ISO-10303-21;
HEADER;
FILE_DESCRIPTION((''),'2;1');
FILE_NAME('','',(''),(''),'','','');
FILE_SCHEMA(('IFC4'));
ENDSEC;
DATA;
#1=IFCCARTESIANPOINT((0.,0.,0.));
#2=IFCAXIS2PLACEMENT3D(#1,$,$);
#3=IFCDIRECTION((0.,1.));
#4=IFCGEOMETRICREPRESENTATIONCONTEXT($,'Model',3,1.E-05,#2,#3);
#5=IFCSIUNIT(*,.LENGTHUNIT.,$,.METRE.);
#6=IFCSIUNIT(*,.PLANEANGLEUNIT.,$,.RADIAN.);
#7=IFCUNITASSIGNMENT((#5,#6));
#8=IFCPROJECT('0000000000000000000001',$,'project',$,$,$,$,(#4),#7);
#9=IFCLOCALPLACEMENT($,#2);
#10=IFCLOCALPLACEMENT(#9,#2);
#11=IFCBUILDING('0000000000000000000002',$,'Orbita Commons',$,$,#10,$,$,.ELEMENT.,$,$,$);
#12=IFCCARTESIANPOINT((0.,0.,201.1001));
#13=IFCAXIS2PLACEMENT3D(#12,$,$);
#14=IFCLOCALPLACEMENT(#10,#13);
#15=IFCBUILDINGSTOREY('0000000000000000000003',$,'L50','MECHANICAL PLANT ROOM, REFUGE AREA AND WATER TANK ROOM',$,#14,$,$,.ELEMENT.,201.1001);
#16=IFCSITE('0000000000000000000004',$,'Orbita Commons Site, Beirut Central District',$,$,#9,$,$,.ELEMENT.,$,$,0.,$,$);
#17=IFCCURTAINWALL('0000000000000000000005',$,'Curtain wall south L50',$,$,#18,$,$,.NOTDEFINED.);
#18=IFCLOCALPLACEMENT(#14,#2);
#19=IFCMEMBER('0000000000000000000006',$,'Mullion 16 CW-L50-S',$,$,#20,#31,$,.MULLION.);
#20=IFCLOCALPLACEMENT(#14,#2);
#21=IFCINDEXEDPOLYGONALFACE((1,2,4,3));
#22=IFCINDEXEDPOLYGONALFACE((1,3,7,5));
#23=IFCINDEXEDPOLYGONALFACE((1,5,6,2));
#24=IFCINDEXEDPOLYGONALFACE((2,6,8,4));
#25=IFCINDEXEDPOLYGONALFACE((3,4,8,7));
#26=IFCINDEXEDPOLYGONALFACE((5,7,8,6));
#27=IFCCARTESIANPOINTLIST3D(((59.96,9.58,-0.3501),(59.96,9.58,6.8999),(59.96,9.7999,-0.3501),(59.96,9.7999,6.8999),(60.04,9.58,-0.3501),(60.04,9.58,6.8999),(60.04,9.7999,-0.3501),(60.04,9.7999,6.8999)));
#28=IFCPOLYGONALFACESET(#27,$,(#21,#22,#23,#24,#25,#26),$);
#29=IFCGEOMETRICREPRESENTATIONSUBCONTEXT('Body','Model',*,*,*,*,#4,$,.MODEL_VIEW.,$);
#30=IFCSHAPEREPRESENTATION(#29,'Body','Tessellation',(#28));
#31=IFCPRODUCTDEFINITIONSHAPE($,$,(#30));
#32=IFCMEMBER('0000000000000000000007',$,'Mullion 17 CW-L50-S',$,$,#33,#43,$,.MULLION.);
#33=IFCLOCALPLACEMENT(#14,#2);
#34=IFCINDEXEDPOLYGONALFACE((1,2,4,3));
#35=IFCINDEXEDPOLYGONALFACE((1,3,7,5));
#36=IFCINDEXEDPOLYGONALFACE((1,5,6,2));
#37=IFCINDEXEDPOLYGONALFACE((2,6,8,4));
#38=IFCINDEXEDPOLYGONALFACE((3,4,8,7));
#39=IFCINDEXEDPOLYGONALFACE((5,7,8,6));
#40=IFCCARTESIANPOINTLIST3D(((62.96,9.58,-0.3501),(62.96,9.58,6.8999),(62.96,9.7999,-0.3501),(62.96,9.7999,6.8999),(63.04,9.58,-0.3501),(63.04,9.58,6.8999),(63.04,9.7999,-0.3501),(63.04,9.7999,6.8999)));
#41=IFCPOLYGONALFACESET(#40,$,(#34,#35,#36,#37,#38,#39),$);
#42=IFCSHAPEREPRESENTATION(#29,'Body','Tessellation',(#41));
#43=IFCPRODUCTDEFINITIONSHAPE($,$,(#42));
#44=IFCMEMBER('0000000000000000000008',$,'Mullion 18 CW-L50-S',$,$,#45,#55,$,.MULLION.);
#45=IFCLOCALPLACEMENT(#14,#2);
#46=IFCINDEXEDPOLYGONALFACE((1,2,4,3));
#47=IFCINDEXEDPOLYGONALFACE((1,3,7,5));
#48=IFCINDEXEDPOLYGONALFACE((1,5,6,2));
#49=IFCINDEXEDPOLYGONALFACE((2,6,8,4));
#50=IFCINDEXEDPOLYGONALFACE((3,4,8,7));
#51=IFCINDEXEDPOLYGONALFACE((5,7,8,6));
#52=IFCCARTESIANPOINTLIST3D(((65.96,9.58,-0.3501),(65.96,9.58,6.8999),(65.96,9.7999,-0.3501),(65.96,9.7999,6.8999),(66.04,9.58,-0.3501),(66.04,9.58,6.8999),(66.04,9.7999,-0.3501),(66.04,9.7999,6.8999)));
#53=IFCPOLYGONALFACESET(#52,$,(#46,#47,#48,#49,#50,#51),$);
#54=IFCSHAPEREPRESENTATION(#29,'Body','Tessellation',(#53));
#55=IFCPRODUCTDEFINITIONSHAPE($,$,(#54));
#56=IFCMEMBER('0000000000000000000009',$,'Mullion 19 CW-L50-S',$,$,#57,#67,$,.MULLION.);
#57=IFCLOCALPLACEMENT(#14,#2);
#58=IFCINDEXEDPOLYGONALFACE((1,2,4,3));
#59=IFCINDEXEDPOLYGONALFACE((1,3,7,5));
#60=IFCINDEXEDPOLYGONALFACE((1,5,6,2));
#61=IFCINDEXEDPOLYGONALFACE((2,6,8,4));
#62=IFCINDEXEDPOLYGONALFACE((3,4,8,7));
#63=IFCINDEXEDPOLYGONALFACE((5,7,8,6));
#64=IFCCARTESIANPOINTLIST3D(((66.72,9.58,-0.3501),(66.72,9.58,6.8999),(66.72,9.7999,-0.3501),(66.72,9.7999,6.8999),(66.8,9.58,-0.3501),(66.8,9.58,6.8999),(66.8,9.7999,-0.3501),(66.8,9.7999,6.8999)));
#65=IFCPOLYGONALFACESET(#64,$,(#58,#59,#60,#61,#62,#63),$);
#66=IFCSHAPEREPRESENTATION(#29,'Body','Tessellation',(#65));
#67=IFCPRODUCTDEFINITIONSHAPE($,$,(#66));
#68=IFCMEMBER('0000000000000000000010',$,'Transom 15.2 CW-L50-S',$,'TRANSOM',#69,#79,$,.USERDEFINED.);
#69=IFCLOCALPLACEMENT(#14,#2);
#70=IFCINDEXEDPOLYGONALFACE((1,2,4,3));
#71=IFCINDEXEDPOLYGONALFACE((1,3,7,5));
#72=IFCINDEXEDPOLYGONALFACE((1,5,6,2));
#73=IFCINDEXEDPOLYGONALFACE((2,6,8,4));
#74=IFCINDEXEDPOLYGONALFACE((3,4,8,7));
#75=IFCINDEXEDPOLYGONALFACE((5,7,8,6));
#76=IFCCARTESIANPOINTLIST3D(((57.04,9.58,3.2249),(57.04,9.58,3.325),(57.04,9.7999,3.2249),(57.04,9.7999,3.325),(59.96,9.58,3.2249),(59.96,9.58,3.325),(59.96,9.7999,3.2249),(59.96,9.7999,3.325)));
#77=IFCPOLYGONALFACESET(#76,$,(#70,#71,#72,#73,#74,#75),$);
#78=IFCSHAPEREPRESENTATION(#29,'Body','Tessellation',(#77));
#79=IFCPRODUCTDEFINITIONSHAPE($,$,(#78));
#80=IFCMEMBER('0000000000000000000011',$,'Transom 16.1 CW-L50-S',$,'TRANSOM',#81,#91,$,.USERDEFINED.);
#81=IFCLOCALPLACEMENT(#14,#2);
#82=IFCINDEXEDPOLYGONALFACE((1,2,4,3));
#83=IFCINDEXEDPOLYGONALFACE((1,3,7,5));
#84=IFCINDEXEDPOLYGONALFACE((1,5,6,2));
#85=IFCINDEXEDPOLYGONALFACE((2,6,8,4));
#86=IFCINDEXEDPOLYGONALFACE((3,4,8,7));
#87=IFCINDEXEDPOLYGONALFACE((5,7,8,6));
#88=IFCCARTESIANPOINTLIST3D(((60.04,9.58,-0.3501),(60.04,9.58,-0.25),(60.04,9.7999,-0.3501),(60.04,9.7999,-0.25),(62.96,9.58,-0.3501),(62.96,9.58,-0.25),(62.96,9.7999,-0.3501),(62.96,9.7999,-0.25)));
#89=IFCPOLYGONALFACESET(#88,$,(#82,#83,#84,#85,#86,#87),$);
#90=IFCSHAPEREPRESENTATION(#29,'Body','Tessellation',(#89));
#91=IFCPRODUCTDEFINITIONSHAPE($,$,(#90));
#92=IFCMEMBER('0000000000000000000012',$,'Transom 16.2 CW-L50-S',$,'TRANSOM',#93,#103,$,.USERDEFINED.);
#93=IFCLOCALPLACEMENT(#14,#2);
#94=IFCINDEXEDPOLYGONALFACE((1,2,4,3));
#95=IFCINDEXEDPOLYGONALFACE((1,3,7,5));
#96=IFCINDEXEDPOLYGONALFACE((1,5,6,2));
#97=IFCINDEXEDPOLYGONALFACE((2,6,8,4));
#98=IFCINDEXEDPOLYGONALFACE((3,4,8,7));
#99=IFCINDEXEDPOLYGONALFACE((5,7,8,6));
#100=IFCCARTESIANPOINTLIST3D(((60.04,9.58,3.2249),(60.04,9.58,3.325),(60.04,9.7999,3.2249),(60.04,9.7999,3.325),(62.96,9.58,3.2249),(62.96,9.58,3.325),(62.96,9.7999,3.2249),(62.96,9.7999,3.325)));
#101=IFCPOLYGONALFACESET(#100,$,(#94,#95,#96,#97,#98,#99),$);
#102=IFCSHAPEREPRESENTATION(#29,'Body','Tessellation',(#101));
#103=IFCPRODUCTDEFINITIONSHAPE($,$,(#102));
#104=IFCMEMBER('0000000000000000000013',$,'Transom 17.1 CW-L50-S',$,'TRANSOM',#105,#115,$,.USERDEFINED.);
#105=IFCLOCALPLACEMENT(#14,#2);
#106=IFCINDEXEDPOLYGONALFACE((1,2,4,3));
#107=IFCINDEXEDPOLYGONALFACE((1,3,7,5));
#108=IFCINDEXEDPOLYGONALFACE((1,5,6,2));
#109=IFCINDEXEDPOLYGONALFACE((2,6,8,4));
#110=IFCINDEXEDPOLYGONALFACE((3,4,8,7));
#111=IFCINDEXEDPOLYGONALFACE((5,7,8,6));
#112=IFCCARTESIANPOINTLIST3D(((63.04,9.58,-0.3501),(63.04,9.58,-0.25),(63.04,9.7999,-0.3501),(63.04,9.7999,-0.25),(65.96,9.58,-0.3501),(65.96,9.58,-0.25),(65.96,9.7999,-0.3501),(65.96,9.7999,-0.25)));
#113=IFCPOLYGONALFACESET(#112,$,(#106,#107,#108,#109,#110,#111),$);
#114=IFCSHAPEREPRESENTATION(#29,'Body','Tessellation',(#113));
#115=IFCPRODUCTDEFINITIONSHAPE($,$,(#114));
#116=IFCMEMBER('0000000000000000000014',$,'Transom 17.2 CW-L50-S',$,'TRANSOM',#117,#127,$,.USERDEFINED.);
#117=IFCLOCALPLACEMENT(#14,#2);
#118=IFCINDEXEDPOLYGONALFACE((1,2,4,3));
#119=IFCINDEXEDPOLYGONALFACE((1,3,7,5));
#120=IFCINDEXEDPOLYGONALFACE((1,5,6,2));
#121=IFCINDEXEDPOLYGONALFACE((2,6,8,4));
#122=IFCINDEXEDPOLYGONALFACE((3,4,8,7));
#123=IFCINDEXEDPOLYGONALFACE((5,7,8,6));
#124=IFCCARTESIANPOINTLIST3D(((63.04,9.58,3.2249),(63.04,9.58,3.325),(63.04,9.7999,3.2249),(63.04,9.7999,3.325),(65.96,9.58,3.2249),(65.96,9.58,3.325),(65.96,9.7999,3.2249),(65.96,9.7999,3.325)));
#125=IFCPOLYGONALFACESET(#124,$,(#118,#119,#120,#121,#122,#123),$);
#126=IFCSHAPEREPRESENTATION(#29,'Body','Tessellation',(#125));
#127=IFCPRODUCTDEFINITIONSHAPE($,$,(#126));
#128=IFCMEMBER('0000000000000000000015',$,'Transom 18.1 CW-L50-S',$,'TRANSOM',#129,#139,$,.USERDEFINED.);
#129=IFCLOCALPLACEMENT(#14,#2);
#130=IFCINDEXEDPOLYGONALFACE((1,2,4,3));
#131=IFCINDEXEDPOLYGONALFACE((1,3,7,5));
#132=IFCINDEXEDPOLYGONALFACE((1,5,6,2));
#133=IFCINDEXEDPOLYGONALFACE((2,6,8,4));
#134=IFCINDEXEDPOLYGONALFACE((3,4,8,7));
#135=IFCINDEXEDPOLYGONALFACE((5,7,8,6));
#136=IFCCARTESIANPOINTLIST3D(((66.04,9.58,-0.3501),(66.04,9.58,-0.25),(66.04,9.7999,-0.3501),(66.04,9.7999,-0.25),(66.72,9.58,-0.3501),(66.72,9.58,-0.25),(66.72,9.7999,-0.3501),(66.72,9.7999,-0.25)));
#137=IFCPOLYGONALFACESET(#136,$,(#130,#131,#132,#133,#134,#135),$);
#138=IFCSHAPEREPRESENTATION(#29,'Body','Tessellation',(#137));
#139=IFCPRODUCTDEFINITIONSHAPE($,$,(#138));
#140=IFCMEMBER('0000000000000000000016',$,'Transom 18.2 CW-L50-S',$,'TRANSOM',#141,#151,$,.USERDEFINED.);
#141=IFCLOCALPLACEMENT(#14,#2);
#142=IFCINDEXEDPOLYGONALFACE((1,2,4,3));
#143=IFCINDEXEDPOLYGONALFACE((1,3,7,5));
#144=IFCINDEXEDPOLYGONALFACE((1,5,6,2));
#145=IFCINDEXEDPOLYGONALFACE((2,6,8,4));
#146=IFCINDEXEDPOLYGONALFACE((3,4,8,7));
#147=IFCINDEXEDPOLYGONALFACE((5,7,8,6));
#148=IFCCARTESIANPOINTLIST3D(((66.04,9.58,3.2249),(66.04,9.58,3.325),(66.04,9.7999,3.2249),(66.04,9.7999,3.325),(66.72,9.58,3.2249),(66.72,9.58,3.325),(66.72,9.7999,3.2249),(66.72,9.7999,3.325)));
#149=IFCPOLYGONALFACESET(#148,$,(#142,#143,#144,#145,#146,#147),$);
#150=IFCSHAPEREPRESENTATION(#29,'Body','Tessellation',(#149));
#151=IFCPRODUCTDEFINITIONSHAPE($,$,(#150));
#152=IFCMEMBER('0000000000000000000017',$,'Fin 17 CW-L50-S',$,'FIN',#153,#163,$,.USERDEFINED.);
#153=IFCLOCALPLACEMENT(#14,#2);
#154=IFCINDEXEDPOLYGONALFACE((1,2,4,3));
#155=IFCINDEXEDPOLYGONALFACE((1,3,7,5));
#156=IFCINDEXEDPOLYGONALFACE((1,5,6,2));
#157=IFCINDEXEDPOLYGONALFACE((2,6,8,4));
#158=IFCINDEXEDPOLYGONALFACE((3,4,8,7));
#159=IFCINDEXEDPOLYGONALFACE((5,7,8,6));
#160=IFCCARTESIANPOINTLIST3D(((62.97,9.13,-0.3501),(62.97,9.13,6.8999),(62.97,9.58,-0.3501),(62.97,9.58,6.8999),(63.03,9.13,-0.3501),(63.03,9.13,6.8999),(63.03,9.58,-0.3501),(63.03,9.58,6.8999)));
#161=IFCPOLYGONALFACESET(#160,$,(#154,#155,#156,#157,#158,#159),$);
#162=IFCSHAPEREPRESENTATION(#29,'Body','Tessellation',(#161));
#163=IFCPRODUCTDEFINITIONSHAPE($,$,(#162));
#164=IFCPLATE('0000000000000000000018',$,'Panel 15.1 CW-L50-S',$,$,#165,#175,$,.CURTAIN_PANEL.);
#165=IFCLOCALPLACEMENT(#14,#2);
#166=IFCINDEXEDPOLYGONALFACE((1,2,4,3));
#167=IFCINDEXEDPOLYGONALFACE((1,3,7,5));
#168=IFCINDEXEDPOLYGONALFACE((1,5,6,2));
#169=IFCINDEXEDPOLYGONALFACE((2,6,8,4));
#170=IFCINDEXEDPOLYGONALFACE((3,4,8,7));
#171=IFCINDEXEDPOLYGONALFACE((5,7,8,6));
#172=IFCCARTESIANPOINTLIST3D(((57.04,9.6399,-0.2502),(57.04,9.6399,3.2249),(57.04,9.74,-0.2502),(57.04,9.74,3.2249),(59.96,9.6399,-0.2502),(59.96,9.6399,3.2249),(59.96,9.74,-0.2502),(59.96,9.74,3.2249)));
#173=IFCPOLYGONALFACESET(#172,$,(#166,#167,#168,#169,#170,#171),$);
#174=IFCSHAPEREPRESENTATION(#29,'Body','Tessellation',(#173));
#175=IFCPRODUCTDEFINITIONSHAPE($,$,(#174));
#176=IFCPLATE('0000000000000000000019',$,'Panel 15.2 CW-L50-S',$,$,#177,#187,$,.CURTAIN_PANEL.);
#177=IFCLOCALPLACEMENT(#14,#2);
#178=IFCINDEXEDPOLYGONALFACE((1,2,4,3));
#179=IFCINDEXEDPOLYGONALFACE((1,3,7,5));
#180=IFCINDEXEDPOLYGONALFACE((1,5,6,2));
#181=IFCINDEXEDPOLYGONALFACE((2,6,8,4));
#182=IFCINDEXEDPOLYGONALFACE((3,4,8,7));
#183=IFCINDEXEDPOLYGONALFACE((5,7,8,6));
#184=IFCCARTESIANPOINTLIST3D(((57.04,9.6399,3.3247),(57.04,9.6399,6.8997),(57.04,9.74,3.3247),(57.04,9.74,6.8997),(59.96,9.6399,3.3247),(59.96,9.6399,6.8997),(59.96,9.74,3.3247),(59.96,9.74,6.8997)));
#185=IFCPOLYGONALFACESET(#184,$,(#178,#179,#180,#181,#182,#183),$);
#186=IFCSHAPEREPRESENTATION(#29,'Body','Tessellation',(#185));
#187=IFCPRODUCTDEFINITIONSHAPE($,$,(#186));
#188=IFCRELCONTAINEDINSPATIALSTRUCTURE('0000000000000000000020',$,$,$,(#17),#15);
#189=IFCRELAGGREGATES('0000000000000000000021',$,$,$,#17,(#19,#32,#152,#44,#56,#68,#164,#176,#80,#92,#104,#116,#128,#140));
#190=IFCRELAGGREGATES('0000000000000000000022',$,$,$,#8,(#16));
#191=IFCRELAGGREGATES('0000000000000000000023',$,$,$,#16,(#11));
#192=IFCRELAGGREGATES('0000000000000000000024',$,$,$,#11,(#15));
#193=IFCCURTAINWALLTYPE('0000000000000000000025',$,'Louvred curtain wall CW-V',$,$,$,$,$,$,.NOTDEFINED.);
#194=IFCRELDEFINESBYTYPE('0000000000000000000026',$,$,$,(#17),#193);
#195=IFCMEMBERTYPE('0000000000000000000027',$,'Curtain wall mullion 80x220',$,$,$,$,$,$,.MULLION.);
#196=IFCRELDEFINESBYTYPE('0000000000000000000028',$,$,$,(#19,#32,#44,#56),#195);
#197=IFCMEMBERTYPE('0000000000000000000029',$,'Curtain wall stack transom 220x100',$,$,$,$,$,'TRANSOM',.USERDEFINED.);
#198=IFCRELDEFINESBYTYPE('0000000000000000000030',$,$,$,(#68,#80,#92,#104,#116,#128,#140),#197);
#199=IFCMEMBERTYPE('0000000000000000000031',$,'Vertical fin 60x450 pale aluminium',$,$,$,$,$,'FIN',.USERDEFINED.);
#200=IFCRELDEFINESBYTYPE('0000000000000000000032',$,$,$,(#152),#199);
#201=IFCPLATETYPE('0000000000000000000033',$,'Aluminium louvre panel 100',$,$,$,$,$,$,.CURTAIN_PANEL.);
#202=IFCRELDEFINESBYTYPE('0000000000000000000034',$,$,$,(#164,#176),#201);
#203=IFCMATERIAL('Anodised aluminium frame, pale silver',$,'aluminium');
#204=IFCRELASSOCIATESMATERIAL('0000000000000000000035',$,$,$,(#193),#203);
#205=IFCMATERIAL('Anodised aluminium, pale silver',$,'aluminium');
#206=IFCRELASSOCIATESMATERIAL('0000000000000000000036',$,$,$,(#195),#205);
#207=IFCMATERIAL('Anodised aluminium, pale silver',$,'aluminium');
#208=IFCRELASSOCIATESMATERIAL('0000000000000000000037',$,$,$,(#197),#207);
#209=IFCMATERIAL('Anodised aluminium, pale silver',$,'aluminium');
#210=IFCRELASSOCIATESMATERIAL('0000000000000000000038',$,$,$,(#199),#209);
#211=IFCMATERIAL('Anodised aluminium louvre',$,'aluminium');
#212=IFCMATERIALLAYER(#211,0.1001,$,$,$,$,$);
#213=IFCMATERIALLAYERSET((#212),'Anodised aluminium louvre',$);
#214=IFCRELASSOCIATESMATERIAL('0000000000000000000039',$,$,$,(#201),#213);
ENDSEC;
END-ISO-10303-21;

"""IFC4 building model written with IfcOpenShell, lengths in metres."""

from ifc_helpers import new_model, si_unit, direction, frame, origin, origin_2d, place, context, subcontext, project, spatial, rectangle, extrude, material, layer, layer_set, material_profile, profile_set, type_object, element, aggregate, save


model = new_model("IFC4")

# Units and contexts
model_context = context("Model", 3, precision=1e-05, world=origin(), true_north=direction((0.0, 1.0)))
body_context = subcontext(model_context, "Body", "Model", "MODEL_VIEW")
ifc_project = project(units=[si_unit("LENGTHUNIT", "METRE"), si_unit("PLANEANGLEUNIT", "RADIAN")], contexts=[model_context])

# Site, building, storey
site_placement = place(None, origin())
site = spatial("IfcSite", under=ifc_project, at=site_placement, Name="Orbita Commons Site, Beirut Central District", CompositionType="ELEMENT", RefElevation=0.0)
building_placement = place(site_placement, origin())
building = spatial("IfcBuilding", under=site, at=building_placement, Name="Orbita Commons", CompositionType="ELEMENT")
storey_placement = place(building_placement, frame((0.0, 0.0, 201.1001)))
storey = spatial("IfcBuildingStorey", under=building, at=storey_placement, Name="L50", Description="MECHANICAL PLANT ROOM, REFUGE AREA AND WATER TANK ROOM", CompositionType="ELEMENT", Elevation=201.1001)

# Curtain wall, members, plates
ifc_material_1 = material(Name="Anodised aluminium frame, pale silver", Category="aluminium")
curtain_wall_type = type_object("IfcCurtainWallType", Name="Louvred curtain wall CW-V", PredefinedType="NOTDEFINED", material=ifc_material_1)
curtain_wall_placement = place(storey_placement, origin())
curtain_wall = element("IfcCurtainWall", 1, at=curtain_wall_placement, inside=storey, type_object=curtain_wall_type, Name="Curtain wall south L50", PredefinedType="NOTDEFINED")
ifc_material_2 = material(Name="Anodised aluminium, pale silver", Category="aluminium")
ifc_material_profile_1 = material_profile(ifc_material_2, rectangle(XDim=0.0801, YDim=0.22, at=origin_2d()), Name="AL 80x220")
ifc_profile_set_1 = profile_set([ifc_material_profile_1], Name="Anodised aluminium, pale silver")
member_type_1 = type_object("IfcMemberType", Name="Curtain wall mullion 80x220", PredefinedType="MULLION", material=ifc_profile_set_1)
member_1_placement = place(storey_placement, frame((60.0, 9.6899, -0.3501), z_axis=(0.0, 0.0, 1.0), x_axis=(1.0, 0.0, 0.0)))
member_1 = element("IfcMember", 2, at=member_1_placement, type_object=member_type_1, Name="Mullion 16 CW-L50-S", PredefinedType="MULLION", context=body_context, shape_type="SweptSolid", body=[
    extrude(rectangle(XDim=0.0801, YDim=0.22, at=origin_2d()), origin(), (0.0, 0.0, 1.0), 7.25),
])
member_2_placement = place(storey_placement, frame((63.0, 9.6899, -0.3501), z_axis=(0.0, 0.0, 1.0), x_axis=(1.0, 0.0, 0.0)))
member_2 = element("IfcMember", 3, at=member_2_placement, type_object=member_type_1, Name="Mullion 17 CW-L50-S", PredefinedType="MULLION", context=body_context, shape_type="SweptSolid", body=[
    extrude(rectangle(XDim=0.0801, YDim=0.22, at=origin_2d()), origin(), (0.0, 0.0, 1.0), 7.25),
])
member_3_placement = place(storey_placement, frame((66.0, 9.6899, -0.3501), z_axis=(0.0, 0.0, 1.0), x_axis=(1.0, 0.0, 0.0)))
member_3 = element("IfcMember", 4, at=member_3_placement, type_object=member_type_1, Name="Mullion 18 CW-L50-S", PredefinedType="MULLION", context=body_context, shape_type="SweptSolid", body=[
    extrude(rectangle(XDim=0.0801, YDim=0.22, at=origin_2d()), origin(), (0.0, 0.0, 1.0), 7.25),
])
member_4_placement = place(storey_placement, frame((66.76, 9.6899, -0.3501), z_axis=(0.0, 0.0, 1.0), x_axis=(1.0, 0.0, 0.0)))
member_4 = element("IfcMember", 5, at=member_4_placement, type_object=member_type_1, Name="Mullion 19 CW-L50-S", PredefinedType="MULLION", context=body_context, shape_type="SweptSolid", body=[
    extrude(rectangle(XDim=0.0801, YDim=0.22, at=origin_2d()), origin(), (0.0, 0.0, 1.0), 7.25),
])
ifc_material_3 = material(Name="Anodised aluminium, pale silver", Category="aluminium")
ifc_material_profile_2 = material_profile(ifc_material_3, rectangle(XDim=0.22, YDim=0.1001, at=origin_2d()), Name="AL 220x100")
ifc_profile_set_2 = profile_set([ifc_material_profile_2], Name="Anodised aluminium, pale silver")
member_type_2 = type_object("IfcMemberType", Name="Curtain wall stack transom 220x100", ElementType="TRANSOM", PredefinedType="USERDEFINED", material=ifc_profile_set_2)
member_5_placement = place(storey_placement, frame((57.04, 9.6899, 3.2749), z_axis=(1.0, 0.0, 0.0), x_axis=(0.0, 1.0, 0.0)))
member_5 = element("IfcMember", 6, at=member_5_placement, type_object=member_type_2, Name="Transom 15.2 CW-L50-S", ObjectType="TRANSOM", PredefinedType="USERDEFINED", context=body_context, shape_type="SweptSolid", body=[
    extrude(rectangle(XDim=0.22, YDim=0.1001, at=origin_2d()), origin(), (0.0, 0.0, 1.0), 2.9199),
])
member_6_placement = place(storey_placement, frame((60.04, 9.6899, -0.3), z_axis=(1.0, 0.0, 0.0), x_axis=(0.0, 1.0, 0.0)))
member_6 = element("IfcMember", 7, at=member_6_placement, type_object=member_type_2, Name="Transom 16.1 CW-L50-S", ObjectType="TRANSOM", PredefinedType="USERDEFINED", context=body_context, shape_type="SweptSolid", body=[
    extrude(rectangle(XDim=0.22, YDim=0.1001, at=origin_2d()), origin(), (0.0, 0.0, 1.0), 2.9199),
])
member_7_placement = place(storey_placement, frame((60.04, 9.6899, 3.2749), z_axis=(1.0, 0.0, 0.0), x_axis=(0.0, 1.0, 0.0)))
member_7 = element("IfcMember", 8, at=member_7_placement, type_object=member_type_2, Name="Transom 16.2 CW-L50-S", ObjectType="TRANSOM", PredefinedType="USERDEFINED", context=body_context, shape_type="SweptSolid", body=[
    extrude(rectangle(XDim=0.22, YDim=0.1001, at=origin_2d()), origin(), (0.0, 0.0, 1.0), 2.9199),
])
member_8_placement = place(storey_placement, frame((63.04, 9.6899, -0.3), z_axis=(1.0, 0.0, 0.0), x_axis=(0.0, 1.0, 0.0)))
member_8 = element("IfcMember", 9, at=member_8_placement, type_object=member_type_2, Name="Transom 17.1 CW-L50-S", ObjectType="TRANSOM", PredefinedType="USERDEFINED", context=body_context, shape_type="SweptSolid", body=[
    extrude(rectangle(XDim=0.22, YDim=0.1001, at=origin_2d()), origin(), (0.0, 0.0, 1.0), 2.9199),
])
member_9_placement = place(storey_placement, frame((63.04, 9.6899, 3.2749), z_axis=(1.0, 0.0, 0.0), x_axis=(0.0, 1.0, 0.0)))
member_9 = element("IfcMember", 10, at=member_9_placement, type_object=member_type_2, Name="Transom 17.2 CW-L50-S", ObjectType="TRANSOM", PredefinedType="USERDEFINED", context=body_context, shape_type="SweptSolid", body=[
    extrude(rectangle(XDim=0.22, YDim=0.1001, at=origin_2d()), origin(), (0.0, 0.0, 1.0), 2.9199),
])
member_10_placement = place(storey_placement, frame((66.04, 9.6899, -0.3), z_axis=(1.0, 0.0, 0.0), x_axis=(0.0, 1.0, 0.0)))
member_10 = element("IfcMember", 11, at=member_10_placement, type_object=member_type_2, Name="Transom 18.1 CW-L50-S", ObjectType="TRANSOM", PredefinedType="USERDEFINED", context=body_context, shape_type="SweptSolid", body=[
    extrude(rectangle(XDim=0.22, YDim=0.1001, at=origin_2d()), origin(), (0.0, 0.0, 1.0), 0.6799),
])
member_11_placement = place(storey_placement, frame((66.04, 9.6899, 3.2749), z_axis=(1.0, 0.0, 0.0), x_axis=(0.0, 1.0, 0.0)))
member_11 = element("IfcMember", 12, at=member_11_placement, type_object=member_type_2, Name="Transom 18.2 CW-L50-S", ObjectType="TRANSOM", PredefinedType="USERDEFINED", context=body_context, shape_type="SweptSolid", body=[
    extrude(rectangle(XDim=0.22, YDim=0.1001, at=origin_2d()), origin(), (0.0, 0.0, 1.0), 0.6799),
])
ifc_material_4 = material(Name="Anodised aluminium, pale silver", Category="aluminium")
ifc_material_profile_3 = material_profile(ifc_material_4, rectangle(XDim=0.0601, YDim=0.45, at=origin_2d()), Name="FIN 60x450")
ifc_profile_set_3 = profile_set([ifc_material_profile_3], Name="Anodised aluminium, pale silver")
member_type_3 = type_object("IfcMemberType", Name="Vertical fin 60x450 pale aluminium", ElementType="FIN", PredefinedType="USERDEFINED", material=ifc_profile_set_3)
member_12_placement = place(storey_placement, frame((63.0, 9.355, -0.3501), z_axis=(0.0, 0.0, 1.0), x_axis=(1.0, 0.0, 0.0)))
member_12 = element("IfcMember", 13, at=member_12_placement, type_object=member_type_3, Name="Fin 17 CW-L50-S", ObjectType="FIN", PredefinedType="USERDEFINED", context=body_context, shape_type="SweptSolid", body=[
    extrude(rectangle(XDim=0.0601, YDim=0.45, at=origin_2d()), origin(), (0.0, 0.0, 1.0), 7.25),
])
ifc_material_5 = material(Name="Anodised aluminium louvre", Category="aluminium")
ifc_layer_1 = layer(ifc_material_5, 0.1001)
ifc_layer_set_1 = layer_set([ifc_layer_1], Name="Anodised aluminium louvre")
plate_type = type_object("IfcPlateType", Name="Aluminium louvre panel 100", PredefinedType="CURTAIN_PANEL", material=ifc_layer_set_1)
plate_1_placement = place(storey_placement, frame((58.5, 9.6899, -0.2502), z_axis=(0.0, 0.0, 1.0), x_axis=(1.0, 0.0, 0.0)))
plate_1 = element("IfcPlate", 14, at=plate_1_placement, type_object=plate_type, Name="Panel 15.1 CW-L50-S", PredefinedType="CURTAIN_PANEL", context=body_context, shape_type="SweptSolid", body=[
    extrude(rectangle(XDim=2.9199, YDim=0.1001, at=origin_2d()), origin(), (0.0, 0.0, 1.0), 3.4751),
])
plate_2_placement = place(storey_placement, frame((58.5, 9.6899, 3.3247), z_axis=(0.0, 0.0, 1.0), x_axis=(1.0, 0.0, 0.0)))
plate_2 = element("IfcPlate", 15, at=plate_2_placement, type_object=plate_type, Name="Panel 15.2 CW-L50-S", PredefinedType="CURTAIN_PANEL", context=body_context, shape_type="SweptSolid", body=[
    extrude(rectangle(XDim=2.9199, YDim=0.1001, at=origin_2d()), origin(), (0.0, 0.0, 1.0), 3.575),
])
aggregate(curtain_wall, [member_1, member_2, member_12, member_3, member_4, member_5, plate_1, plate_2, member_6, member_7, member_8, member_9, member_10, member_11])

save(model, "model.ifc")
